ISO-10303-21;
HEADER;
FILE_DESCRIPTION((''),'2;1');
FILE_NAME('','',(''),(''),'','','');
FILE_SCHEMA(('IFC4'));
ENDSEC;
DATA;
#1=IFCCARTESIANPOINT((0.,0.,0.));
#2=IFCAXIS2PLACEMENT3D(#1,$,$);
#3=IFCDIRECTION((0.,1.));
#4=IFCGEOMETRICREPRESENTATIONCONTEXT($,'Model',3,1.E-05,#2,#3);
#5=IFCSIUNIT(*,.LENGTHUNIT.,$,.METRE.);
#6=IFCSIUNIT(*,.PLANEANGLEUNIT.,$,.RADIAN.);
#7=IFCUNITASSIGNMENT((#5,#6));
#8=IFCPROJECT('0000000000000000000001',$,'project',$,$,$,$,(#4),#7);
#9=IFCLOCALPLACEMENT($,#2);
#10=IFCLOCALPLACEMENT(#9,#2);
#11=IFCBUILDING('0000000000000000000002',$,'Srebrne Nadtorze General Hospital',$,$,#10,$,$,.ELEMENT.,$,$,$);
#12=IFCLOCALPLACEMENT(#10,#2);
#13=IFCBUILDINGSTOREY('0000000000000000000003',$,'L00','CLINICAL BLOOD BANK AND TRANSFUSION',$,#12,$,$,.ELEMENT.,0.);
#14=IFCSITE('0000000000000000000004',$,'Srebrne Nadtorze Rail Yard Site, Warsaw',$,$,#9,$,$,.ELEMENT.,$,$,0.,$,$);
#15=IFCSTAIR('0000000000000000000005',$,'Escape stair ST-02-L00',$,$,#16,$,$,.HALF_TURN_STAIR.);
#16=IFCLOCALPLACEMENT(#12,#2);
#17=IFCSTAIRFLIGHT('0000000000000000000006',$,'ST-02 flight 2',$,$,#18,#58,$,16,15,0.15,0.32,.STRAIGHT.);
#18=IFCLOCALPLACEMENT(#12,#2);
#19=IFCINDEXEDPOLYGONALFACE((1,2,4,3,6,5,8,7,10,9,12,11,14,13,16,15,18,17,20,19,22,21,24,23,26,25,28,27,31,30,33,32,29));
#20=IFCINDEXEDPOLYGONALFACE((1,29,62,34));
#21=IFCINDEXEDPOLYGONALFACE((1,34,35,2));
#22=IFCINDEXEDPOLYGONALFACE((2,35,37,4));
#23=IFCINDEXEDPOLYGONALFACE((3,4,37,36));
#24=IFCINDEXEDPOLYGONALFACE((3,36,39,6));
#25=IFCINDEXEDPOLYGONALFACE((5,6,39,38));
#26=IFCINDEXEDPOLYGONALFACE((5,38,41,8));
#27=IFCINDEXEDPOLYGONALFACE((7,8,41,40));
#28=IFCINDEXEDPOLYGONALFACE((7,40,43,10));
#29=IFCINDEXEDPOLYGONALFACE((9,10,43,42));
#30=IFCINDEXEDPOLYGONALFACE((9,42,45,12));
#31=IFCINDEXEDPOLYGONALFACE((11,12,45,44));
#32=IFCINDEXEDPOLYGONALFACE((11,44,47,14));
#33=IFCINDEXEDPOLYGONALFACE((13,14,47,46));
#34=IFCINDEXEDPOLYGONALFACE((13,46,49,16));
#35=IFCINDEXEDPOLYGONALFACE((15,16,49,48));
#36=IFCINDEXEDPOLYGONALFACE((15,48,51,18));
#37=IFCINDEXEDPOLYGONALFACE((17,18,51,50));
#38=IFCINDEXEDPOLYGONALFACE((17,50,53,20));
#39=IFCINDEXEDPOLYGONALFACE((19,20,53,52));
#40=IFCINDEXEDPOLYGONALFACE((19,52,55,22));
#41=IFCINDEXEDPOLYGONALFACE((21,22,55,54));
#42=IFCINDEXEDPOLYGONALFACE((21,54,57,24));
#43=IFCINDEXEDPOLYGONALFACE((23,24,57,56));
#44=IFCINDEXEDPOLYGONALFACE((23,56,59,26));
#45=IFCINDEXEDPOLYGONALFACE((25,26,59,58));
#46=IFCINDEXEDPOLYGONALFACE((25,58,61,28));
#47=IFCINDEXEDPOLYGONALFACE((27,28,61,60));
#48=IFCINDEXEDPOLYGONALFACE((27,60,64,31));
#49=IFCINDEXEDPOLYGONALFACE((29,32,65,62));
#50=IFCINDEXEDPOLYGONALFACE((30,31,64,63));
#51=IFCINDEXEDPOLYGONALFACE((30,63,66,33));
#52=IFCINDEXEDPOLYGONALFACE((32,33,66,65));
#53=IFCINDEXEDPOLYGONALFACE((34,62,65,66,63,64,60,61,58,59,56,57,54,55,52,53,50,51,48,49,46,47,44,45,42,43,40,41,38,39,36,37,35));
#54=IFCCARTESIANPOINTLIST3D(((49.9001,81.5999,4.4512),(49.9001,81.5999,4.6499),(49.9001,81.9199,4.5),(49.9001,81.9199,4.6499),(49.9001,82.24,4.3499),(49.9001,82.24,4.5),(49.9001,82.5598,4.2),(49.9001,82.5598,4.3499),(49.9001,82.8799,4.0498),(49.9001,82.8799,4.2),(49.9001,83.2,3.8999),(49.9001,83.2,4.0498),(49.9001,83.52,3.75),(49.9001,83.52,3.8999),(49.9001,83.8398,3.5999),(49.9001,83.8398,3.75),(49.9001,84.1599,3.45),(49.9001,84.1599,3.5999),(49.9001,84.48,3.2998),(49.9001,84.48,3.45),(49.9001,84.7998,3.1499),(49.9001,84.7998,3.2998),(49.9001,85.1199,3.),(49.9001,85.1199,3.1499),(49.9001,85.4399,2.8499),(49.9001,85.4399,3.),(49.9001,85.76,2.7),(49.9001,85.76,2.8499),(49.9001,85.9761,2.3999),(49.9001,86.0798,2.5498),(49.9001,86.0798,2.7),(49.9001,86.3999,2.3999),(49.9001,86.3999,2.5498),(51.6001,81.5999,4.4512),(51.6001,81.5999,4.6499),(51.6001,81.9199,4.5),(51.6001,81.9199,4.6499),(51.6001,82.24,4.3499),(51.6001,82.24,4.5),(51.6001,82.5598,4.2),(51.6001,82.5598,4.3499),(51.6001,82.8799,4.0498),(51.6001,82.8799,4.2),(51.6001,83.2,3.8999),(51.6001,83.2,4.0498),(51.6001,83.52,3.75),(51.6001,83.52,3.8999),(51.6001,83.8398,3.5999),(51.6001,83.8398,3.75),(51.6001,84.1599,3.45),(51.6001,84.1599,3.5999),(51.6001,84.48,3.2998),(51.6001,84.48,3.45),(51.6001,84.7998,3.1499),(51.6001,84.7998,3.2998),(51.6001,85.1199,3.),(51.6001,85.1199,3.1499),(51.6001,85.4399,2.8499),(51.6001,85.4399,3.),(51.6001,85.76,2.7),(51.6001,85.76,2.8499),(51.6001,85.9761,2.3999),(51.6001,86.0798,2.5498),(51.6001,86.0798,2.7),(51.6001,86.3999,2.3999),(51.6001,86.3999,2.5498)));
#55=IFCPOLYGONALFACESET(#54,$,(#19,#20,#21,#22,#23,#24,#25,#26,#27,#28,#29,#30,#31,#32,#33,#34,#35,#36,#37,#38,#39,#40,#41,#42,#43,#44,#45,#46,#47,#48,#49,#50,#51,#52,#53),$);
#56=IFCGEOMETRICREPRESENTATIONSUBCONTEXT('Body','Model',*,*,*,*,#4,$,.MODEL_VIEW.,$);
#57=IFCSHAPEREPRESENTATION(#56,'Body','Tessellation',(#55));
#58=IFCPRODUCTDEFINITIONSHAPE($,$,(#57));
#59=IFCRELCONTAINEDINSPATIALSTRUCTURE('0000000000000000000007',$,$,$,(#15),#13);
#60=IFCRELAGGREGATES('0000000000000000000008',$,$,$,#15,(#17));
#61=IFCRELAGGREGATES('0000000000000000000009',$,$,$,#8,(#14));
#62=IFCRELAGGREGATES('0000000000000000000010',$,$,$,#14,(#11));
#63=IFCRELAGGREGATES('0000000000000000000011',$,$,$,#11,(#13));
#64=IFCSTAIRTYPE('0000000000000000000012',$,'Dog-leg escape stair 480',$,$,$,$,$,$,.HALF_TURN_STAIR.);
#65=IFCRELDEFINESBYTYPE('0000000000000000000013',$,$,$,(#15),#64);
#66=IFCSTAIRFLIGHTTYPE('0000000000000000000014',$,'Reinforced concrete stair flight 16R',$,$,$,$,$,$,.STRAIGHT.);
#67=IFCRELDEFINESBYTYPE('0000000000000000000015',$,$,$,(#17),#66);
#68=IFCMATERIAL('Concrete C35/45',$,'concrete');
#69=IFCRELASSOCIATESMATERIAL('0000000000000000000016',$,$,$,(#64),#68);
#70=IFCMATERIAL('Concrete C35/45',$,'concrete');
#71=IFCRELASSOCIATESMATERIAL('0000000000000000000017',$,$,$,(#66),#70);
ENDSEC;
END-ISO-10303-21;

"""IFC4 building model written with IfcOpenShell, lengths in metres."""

from ifc_helpers import new_model, si_unit, direction, frame, origin, place, context, subcontext, project, spatial, polyline, outline, extrude, material, type_object, element, aggregate, save


model = new_model("IFC4")

# Units and contexts
model_context = context("Model", 3, precision=1e-05, world=origin(), true_north=direction((0.0, 1.0)))
body_context = subcontext(model_context, "Body", "Model", "MODEL_VIEW")
ifc_project = project(units=[si_unit("LENGTHUNIT", "METRE"), si_unit("PLANEANGLEUNIT", "RADIAN")], contexts=[model_context])

# Site, building, storey
site_placement = place(None, origin())
site = spatial("IfcSite", under=ifc_project, at=site_placement, Name="Srebrne Nadtorze Rail Yard Site, Warsaw", CompositionType="ELEMENT", RefElevation=0.0)
building_placement = place(site_placement, origin())
building = spatial("IfcBuilding", under=site, at=building_placement, Name="Srebrne Nadtorze General Hospital", CompositionType="ELEMENT")
storey_placement = place(building_placement, origin())
storey = spatial("IfcBuildingStorey", under=building, at=storey_placement, Name="L00", Description="CLINICAL BLOOD BANK AND TRANSFUSION", CompositionType="ELEMENT", Elevation=0.0)

# Stair, stair flight
ifc_material_1 = material(Name="Concrete C35/45", Category="concrete")
stair_type = type_object("IfcStairType", Name="Dog-leg escape stair 480", PredefinedType="HALF_TURN_STAIR", material=ifc_material_1)
stair_placement = place(storey_placement, origin())
stair = element("IfcStair", 1, at=stair_placement, inside=storey, type_object=stair_type, Name="Escape stair ST-02-L00", PredefinedType="HALF_TURN_STAIR")
ifc_material_2 = material(Name="Concrete C35/45", Category="concrete")
stair_flight_type = type_object("IfcStairFlightType", Name="Reinforced concrete stair flight 16R", PredefinedType="STRAIGHT", material=ifc_material_2)
stair_flight_placement = place(storey_placement, frame((50.75, 86.3999, 2.3999), z_axis=(0.0, 0.0, 1.0), x_axis=(0.0, -1.0, 0.0)))
stair_flight = element("IfcStairFlight", 2, at=stair_flight_placement, type_object=stair_flight_type, Name="ST-02 flight 2", NumberOfRisers=16, NumberOfTreads=15, PredefinedType="STRAIGHT", RiserHeight=0.15, TreadLength=0.32, context=body_context, shape_type="SweptSolid", body=[
    extrude(outline(polyline([(0.0, 0.0), (0.0, 0.1499), (0.3201, 0.1499), (0.3201, 0.3), (0.6399, 0.3), (0.6399, 0.45), (0.96, 0.45), (0.96, 0.6001), (1.28, 0.6001), (1.28, 0.75), (1.6001, 0.75), (1.6001, 0.8999), (1.9199, 0.8999), (1.9199, 1.05), (2.24, 1.05), (2.24, 1.2), (2.5601, 1.2), (2.5601, 1.3501), (2.8799, 1.3501), (2.8799, 1.5), (3.2, 1.5), (3.2, 1.6499), (3.52, 1.6499), (3.52, 1.8), (3.8401, 1.8), (3.8401, 1.95), (4.1599, 1.95), (4.1599, 2.1001), (4.48, 2.1001), (4.48, 2.25), (4.8, 2.25), (4.8, 2.3999), (4.8, 2.0513), (0.4238, 0.0), (0.0, 0.0)])), frame((0.0, 0.8501, 0.0), z_axis=(0.0, -1.0, 0.0), x_axis=(1.0, 0.0, 0.0)), (0.0, 0.0, 1.0), 1.7),
])
aggregate(stair, [stair_flight])

save(model, "model.ifc")
